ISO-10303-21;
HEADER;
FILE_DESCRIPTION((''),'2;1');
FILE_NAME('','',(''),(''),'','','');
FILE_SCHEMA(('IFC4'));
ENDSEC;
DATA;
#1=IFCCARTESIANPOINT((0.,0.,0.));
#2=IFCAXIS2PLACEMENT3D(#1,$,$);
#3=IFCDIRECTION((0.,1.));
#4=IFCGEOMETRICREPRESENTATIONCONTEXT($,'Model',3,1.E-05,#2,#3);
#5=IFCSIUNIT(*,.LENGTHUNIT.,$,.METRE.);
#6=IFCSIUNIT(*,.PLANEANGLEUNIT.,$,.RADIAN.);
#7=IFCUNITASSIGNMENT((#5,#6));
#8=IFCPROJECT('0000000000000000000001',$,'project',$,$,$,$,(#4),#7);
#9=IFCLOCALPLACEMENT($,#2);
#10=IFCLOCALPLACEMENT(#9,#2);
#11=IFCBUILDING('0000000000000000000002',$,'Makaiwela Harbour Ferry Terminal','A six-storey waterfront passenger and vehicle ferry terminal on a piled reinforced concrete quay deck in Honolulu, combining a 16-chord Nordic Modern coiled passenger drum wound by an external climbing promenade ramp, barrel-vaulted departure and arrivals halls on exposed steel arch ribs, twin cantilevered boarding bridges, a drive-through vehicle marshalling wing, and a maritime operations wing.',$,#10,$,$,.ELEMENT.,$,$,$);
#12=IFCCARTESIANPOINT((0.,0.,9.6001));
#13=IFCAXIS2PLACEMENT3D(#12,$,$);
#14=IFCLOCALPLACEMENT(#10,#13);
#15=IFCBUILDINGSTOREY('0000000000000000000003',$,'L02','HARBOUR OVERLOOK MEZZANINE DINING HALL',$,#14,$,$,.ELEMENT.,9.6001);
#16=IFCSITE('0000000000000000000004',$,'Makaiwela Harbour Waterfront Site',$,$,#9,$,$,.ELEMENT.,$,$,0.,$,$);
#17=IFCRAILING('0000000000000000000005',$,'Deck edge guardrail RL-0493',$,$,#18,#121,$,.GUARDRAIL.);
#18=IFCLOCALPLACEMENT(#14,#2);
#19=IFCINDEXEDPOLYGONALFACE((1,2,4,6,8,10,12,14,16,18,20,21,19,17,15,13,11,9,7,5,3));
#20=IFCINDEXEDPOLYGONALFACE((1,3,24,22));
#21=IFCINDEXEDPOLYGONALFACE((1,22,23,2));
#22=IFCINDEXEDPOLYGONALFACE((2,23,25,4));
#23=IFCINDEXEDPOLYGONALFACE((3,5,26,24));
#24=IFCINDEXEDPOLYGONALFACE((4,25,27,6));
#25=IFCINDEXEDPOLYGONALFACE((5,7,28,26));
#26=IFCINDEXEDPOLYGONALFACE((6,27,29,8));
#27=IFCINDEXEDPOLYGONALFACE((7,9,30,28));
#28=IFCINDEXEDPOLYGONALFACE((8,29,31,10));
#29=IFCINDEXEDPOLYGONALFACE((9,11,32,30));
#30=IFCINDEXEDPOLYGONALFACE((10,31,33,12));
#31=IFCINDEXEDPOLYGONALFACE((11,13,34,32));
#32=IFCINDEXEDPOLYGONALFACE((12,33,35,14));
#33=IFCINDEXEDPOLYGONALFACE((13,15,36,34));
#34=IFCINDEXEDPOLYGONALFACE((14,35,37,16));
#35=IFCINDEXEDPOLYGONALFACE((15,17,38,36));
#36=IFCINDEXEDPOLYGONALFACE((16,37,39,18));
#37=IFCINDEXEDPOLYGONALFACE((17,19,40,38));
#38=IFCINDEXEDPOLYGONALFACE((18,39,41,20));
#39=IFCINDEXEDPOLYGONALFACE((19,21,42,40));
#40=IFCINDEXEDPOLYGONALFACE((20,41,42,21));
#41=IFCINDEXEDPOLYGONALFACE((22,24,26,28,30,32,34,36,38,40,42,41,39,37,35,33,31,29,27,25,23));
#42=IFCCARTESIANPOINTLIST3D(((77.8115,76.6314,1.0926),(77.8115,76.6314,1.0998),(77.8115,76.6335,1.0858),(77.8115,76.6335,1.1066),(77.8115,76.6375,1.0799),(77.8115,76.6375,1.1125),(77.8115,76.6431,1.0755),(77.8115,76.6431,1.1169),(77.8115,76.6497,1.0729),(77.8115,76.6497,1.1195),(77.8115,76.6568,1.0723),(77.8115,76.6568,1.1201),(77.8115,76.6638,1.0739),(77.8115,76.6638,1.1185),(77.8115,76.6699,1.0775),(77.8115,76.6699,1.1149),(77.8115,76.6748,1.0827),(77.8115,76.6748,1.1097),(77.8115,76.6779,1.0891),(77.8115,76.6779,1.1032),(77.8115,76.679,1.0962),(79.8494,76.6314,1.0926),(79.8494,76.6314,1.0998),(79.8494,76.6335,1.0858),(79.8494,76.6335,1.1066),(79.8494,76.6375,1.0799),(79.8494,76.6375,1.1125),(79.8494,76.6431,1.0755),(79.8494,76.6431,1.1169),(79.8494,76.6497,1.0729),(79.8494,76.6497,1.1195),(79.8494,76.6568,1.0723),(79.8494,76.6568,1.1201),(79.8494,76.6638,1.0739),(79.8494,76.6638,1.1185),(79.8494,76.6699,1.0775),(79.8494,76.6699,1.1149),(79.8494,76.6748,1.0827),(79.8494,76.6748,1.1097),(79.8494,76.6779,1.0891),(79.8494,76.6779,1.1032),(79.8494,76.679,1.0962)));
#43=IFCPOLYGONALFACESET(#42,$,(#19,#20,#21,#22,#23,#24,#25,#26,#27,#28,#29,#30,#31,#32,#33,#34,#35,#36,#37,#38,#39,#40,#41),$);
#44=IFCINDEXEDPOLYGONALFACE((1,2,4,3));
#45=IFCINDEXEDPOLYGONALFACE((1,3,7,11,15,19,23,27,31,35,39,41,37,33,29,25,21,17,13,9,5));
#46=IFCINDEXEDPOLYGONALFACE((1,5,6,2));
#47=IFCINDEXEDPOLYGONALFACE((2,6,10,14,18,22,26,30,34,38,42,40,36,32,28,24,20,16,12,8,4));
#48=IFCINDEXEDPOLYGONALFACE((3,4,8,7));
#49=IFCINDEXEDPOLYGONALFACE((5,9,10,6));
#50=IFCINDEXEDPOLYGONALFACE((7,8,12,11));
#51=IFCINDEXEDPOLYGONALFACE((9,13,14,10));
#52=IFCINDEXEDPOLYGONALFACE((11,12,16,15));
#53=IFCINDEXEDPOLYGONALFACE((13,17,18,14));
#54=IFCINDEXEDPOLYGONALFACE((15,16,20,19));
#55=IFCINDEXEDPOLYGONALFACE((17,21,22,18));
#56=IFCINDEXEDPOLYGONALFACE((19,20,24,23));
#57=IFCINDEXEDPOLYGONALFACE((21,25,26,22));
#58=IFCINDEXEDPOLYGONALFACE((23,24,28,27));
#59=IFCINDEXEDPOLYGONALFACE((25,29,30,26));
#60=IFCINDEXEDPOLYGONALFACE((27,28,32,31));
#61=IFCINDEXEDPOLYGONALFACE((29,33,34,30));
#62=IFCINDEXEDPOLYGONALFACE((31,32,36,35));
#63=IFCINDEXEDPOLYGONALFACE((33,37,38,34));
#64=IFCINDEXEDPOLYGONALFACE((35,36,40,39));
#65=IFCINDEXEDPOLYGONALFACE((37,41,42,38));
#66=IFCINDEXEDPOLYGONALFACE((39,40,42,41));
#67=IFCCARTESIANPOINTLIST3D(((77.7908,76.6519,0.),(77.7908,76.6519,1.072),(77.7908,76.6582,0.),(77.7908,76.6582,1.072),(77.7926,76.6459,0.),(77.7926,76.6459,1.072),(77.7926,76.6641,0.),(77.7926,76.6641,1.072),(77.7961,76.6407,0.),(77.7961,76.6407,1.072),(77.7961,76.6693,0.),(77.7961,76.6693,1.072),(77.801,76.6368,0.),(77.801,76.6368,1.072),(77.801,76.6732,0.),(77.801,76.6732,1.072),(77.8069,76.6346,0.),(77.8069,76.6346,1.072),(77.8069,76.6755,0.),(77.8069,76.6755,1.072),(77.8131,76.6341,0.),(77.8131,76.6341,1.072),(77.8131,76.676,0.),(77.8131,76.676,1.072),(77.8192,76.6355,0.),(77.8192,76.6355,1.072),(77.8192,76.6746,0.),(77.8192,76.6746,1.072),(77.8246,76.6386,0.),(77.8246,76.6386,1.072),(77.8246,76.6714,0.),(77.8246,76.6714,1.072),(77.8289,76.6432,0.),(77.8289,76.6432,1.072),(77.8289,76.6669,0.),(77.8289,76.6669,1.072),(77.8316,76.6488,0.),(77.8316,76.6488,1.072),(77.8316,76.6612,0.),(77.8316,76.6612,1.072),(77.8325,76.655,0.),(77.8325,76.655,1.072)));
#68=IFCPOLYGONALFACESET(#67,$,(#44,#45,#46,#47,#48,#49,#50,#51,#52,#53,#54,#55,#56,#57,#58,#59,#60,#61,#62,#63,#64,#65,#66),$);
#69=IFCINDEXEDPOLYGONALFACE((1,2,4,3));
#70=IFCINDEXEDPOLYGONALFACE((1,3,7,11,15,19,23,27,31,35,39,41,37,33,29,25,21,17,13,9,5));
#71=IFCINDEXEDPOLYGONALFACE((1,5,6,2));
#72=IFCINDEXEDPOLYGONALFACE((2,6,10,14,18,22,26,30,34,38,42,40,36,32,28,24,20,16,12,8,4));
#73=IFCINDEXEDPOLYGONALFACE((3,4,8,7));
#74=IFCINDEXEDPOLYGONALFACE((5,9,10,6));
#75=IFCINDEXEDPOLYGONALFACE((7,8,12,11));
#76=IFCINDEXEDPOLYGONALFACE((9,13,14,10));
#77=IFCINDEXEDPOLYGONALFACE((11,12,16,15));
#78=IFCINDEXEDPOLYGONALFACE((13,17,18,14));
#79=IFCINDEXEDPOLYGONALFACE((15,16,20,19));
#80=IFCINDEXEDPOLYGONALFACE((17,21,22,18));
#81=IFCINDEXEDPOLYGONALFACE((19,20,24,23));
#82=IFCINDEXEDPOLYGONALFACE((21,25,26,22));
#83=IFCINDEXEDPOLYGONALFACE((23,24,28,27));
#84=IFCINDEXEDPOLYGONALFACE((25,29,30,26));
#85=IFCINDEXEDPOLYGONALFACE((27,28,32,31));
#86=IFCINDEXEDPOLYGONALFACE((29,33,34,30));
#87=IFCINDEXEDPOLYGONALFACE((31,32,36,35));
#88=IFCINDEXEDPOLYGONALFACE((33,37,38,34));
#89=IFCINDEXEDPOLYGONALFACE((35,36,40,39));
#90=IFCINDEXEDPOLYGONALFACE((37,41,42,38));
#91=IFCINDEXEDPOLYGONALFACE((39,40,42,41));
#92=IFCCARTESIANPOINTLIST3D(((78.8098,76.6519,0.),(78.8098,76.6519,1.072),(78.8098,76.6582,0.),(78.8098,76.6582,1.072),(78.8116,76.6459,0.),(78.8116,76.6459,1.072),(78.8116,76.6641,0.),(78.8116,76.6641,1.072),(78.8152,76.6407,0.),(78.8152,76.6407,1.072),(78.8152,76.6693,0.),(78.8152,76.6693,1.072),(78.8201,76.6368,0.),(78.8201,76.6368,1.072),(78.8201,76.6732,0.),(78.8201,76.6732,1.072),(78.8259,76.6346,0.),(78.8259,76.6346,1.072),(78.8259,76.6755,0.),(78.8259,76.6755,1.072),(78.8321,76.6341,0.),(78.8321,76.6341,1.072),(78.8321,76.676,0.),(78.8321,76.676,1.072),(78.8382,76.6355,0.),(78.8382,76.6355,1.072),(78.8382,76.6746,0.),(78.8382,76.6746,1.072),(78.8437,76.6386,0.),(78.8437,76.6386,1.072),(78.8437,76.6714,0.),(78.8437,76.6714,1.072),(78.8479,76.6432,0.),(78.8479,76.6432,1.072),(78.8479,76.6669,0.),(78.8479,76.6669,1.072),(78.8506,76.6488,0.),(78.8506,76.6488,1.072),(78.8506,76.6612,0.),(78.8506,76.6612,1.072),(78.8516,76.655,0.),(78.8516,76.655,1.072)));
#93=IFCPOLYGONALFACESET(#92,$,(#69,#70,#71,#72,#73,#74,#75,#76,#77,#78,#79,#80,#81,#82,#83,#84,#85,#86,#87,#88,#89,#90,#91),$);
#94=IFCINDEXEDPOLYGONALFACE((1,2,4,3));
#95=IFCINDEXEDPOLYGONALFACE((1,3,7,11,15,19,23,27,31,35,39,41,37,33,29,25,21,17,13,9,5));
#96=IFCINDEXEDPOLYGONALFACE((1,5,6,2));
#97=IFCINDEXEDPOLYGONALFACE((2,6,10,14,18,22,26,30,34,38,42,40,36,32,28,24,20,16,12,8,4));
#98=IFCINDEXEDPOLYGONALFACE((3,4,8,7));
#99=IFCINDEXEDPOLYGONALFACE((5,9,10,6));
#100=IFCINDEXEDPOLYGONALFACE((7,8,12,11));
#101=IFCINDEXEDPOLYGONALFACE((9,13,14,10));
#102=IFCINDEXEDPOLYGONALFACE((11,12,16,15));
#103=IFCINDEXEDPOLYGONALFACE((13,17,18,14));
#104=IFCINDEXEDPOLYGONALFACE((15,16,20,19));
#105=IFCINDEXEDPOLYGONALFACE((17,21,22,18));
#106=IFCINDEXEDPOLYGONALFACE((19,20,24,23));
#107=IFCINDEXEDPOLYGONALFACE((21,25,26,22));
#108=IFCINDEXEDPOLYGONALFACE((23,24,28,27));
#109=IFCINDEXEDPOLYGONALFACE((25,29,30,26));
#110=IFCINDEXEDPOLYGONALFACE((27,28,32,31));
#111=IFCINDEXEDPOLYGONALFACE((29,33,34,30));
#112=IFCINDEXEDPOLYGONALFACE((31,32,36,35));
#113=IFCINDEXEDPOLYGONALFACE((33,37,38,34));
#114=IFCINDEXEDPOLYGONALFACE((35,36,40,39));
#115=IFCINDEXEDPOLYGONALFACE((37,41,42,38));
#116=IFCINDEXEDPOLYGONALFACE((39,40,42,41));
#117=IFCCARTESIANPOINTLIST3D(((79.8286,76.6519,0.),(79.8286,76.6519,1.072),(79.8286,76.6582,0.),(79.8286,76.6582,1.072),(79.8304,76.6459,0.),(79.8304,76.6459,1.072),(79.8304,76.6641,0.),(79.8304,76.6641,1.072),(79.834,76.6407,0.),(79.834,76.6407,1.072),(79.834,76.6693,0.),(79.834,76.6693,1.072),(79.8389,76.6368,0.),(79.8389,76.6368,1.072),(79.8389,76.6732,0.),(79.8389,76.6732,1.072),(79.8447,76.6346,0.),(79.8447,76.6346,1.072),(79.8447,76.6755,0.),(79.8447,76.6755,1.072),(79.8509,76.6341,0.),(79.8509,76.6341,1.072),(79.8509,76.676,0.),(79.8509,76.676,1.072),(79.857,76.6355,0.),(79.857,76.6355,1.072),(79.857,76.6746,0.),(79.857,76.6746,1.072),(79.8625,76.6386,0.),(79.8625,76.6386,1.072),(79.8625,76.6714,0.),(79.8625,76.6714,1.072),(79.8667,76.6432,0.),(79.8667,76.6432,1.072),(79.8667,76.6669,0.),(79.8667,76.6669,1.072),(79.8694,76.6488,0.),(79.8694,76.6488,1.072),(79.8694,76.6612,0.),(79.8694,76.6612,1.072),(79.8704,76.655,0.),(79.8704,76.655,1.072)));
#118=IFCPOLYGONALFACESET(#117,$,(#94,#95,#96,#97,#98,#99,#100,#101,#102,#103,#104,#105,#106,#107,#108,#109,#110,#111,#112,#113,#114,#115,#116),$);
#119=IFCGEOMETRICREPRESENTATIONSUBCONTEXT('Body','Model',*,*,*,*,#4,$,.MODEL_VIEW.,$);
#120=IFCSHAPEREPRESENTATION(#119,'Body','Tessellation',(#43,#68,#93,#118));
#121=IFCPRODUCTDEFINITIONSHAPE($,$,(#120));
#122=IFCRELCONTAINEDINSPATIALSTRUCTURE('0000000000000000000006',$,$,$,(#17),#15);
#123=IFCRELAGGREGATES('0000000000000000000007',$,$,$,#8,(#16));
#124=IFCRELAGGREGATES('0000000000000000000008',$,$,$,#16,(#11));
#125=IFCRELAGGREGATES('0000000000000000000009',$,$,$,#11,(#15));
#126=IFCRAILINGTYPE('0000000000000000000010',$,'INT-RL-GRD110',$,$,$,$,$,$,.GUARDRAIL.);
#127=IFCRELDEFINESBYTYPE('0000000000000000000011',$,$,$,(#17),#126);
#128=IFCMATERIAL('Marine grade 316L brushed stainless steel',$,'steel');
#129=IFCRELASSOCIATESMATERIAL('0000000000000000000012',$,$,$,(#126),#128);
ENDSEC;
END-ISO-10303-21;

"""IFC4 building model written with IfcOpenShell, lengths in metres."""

from ifc_helpers import new_model, si_unit, direction, frame, origin, origin_2d, place, context, subcontext, project, spatial, circle, extrude, material, type_object, element, save


model = new_model("IFC4")

# Units and contexts
model_context = context("Model", 3, precision=1e-05, world=origin(), true_north=direction((0.0, 1.0)))
body_context = subcontext(model_context, "Body", "Model", "MODEL_VIEW")
ifc_project = project(units=[si_unit("LENGTHUNIT", "METRE"), si_unit("PLANEANGLEUNIT", "RADIAN")], contexts=[model_context])

# Site, building, storey
site_placement = place(None, origin())
site = spatial("IfcSite", under=ifc_project, at=site_placement, Name="Makaiwela Harbour Waterfront Site", CompositionType="ELEMENT", RefElevation=0.0)
building_placement = place(site_placement, origin())
building = spatial("IfcBuilding", under=site, at=building_placement, Name="Makaiwela Harbour Ferry Terminal", Description="A six-storey waterfront passenger and vehicle ferry terminal on a piled reinforced concrete quay deck in Honolulu, combining a 16-chord Nordic Modern coiled passenger drum wound by an external climbing promenade ramp, barrel-vaulted departure and arrivals halls on exposed steel arch ribs, twin cantilevered boarding bridges, a drive-through vehicle marshalling wing, and a maritime operations wing.", CompositionType="ELEMENT")
storey_placement = place(building_placement, frame((0.0, 0.0, 9.6001)))
storey = spatial("IfcBuildingStorey", under=building, at=storey_placement, Name="L02", Description="HARBOUR OVERLOOK MEZZANINE DINING HALL", CompositionType="ELEMENT", Elevation=9.6001)

# Railing
ifc_material_1 = material(Name="Marine grade 316L brushed stainless steel", Category="steel")
railing_type = type_object("IfcRailingType", Name="INT-RL-GRD110", PredefinedType="GUARDRAIL", material=ifc_material_1)
railing_1_placement = place(storey_placement, frame((77.8115, 76.655, 0.0)))
element("IfcRailing", 1, at=railing_1_placement, inside=storey, type_object=railing_type, Name="Deck edge guardrail RL-0493", PredefinedType="GUARDRAIL", context=body_context, shape_type="SweptSolid", body=[
    extrude(circle(Radius=0.0239, at=origin_2d()), frame((0.0, 0.0, 1.0962), z_axis=(1.0, 0.0, 0.0), x_axis=(0.0, 1.0, 0.0)), (0.0, 0.0, 1.0), 2.0378),
    extrude(circle(Radius=0.021, at=origin_2d()), origin(), (0.0, 0.0, 1.0), 1.072),
    extrude(circle(Radius=0.021, at=origin_2d()), frame((1.019, 0.0, 0.0)), (0.0, 0.0, 1.0), 1.072),
    extrude(circle(Radius=0.021, at=origin_2d()), frame((2.0378, 0.0, 0.0)), (0.0, 0.0, 1.0), 1.072),
])

save(model, "model.ifc")
